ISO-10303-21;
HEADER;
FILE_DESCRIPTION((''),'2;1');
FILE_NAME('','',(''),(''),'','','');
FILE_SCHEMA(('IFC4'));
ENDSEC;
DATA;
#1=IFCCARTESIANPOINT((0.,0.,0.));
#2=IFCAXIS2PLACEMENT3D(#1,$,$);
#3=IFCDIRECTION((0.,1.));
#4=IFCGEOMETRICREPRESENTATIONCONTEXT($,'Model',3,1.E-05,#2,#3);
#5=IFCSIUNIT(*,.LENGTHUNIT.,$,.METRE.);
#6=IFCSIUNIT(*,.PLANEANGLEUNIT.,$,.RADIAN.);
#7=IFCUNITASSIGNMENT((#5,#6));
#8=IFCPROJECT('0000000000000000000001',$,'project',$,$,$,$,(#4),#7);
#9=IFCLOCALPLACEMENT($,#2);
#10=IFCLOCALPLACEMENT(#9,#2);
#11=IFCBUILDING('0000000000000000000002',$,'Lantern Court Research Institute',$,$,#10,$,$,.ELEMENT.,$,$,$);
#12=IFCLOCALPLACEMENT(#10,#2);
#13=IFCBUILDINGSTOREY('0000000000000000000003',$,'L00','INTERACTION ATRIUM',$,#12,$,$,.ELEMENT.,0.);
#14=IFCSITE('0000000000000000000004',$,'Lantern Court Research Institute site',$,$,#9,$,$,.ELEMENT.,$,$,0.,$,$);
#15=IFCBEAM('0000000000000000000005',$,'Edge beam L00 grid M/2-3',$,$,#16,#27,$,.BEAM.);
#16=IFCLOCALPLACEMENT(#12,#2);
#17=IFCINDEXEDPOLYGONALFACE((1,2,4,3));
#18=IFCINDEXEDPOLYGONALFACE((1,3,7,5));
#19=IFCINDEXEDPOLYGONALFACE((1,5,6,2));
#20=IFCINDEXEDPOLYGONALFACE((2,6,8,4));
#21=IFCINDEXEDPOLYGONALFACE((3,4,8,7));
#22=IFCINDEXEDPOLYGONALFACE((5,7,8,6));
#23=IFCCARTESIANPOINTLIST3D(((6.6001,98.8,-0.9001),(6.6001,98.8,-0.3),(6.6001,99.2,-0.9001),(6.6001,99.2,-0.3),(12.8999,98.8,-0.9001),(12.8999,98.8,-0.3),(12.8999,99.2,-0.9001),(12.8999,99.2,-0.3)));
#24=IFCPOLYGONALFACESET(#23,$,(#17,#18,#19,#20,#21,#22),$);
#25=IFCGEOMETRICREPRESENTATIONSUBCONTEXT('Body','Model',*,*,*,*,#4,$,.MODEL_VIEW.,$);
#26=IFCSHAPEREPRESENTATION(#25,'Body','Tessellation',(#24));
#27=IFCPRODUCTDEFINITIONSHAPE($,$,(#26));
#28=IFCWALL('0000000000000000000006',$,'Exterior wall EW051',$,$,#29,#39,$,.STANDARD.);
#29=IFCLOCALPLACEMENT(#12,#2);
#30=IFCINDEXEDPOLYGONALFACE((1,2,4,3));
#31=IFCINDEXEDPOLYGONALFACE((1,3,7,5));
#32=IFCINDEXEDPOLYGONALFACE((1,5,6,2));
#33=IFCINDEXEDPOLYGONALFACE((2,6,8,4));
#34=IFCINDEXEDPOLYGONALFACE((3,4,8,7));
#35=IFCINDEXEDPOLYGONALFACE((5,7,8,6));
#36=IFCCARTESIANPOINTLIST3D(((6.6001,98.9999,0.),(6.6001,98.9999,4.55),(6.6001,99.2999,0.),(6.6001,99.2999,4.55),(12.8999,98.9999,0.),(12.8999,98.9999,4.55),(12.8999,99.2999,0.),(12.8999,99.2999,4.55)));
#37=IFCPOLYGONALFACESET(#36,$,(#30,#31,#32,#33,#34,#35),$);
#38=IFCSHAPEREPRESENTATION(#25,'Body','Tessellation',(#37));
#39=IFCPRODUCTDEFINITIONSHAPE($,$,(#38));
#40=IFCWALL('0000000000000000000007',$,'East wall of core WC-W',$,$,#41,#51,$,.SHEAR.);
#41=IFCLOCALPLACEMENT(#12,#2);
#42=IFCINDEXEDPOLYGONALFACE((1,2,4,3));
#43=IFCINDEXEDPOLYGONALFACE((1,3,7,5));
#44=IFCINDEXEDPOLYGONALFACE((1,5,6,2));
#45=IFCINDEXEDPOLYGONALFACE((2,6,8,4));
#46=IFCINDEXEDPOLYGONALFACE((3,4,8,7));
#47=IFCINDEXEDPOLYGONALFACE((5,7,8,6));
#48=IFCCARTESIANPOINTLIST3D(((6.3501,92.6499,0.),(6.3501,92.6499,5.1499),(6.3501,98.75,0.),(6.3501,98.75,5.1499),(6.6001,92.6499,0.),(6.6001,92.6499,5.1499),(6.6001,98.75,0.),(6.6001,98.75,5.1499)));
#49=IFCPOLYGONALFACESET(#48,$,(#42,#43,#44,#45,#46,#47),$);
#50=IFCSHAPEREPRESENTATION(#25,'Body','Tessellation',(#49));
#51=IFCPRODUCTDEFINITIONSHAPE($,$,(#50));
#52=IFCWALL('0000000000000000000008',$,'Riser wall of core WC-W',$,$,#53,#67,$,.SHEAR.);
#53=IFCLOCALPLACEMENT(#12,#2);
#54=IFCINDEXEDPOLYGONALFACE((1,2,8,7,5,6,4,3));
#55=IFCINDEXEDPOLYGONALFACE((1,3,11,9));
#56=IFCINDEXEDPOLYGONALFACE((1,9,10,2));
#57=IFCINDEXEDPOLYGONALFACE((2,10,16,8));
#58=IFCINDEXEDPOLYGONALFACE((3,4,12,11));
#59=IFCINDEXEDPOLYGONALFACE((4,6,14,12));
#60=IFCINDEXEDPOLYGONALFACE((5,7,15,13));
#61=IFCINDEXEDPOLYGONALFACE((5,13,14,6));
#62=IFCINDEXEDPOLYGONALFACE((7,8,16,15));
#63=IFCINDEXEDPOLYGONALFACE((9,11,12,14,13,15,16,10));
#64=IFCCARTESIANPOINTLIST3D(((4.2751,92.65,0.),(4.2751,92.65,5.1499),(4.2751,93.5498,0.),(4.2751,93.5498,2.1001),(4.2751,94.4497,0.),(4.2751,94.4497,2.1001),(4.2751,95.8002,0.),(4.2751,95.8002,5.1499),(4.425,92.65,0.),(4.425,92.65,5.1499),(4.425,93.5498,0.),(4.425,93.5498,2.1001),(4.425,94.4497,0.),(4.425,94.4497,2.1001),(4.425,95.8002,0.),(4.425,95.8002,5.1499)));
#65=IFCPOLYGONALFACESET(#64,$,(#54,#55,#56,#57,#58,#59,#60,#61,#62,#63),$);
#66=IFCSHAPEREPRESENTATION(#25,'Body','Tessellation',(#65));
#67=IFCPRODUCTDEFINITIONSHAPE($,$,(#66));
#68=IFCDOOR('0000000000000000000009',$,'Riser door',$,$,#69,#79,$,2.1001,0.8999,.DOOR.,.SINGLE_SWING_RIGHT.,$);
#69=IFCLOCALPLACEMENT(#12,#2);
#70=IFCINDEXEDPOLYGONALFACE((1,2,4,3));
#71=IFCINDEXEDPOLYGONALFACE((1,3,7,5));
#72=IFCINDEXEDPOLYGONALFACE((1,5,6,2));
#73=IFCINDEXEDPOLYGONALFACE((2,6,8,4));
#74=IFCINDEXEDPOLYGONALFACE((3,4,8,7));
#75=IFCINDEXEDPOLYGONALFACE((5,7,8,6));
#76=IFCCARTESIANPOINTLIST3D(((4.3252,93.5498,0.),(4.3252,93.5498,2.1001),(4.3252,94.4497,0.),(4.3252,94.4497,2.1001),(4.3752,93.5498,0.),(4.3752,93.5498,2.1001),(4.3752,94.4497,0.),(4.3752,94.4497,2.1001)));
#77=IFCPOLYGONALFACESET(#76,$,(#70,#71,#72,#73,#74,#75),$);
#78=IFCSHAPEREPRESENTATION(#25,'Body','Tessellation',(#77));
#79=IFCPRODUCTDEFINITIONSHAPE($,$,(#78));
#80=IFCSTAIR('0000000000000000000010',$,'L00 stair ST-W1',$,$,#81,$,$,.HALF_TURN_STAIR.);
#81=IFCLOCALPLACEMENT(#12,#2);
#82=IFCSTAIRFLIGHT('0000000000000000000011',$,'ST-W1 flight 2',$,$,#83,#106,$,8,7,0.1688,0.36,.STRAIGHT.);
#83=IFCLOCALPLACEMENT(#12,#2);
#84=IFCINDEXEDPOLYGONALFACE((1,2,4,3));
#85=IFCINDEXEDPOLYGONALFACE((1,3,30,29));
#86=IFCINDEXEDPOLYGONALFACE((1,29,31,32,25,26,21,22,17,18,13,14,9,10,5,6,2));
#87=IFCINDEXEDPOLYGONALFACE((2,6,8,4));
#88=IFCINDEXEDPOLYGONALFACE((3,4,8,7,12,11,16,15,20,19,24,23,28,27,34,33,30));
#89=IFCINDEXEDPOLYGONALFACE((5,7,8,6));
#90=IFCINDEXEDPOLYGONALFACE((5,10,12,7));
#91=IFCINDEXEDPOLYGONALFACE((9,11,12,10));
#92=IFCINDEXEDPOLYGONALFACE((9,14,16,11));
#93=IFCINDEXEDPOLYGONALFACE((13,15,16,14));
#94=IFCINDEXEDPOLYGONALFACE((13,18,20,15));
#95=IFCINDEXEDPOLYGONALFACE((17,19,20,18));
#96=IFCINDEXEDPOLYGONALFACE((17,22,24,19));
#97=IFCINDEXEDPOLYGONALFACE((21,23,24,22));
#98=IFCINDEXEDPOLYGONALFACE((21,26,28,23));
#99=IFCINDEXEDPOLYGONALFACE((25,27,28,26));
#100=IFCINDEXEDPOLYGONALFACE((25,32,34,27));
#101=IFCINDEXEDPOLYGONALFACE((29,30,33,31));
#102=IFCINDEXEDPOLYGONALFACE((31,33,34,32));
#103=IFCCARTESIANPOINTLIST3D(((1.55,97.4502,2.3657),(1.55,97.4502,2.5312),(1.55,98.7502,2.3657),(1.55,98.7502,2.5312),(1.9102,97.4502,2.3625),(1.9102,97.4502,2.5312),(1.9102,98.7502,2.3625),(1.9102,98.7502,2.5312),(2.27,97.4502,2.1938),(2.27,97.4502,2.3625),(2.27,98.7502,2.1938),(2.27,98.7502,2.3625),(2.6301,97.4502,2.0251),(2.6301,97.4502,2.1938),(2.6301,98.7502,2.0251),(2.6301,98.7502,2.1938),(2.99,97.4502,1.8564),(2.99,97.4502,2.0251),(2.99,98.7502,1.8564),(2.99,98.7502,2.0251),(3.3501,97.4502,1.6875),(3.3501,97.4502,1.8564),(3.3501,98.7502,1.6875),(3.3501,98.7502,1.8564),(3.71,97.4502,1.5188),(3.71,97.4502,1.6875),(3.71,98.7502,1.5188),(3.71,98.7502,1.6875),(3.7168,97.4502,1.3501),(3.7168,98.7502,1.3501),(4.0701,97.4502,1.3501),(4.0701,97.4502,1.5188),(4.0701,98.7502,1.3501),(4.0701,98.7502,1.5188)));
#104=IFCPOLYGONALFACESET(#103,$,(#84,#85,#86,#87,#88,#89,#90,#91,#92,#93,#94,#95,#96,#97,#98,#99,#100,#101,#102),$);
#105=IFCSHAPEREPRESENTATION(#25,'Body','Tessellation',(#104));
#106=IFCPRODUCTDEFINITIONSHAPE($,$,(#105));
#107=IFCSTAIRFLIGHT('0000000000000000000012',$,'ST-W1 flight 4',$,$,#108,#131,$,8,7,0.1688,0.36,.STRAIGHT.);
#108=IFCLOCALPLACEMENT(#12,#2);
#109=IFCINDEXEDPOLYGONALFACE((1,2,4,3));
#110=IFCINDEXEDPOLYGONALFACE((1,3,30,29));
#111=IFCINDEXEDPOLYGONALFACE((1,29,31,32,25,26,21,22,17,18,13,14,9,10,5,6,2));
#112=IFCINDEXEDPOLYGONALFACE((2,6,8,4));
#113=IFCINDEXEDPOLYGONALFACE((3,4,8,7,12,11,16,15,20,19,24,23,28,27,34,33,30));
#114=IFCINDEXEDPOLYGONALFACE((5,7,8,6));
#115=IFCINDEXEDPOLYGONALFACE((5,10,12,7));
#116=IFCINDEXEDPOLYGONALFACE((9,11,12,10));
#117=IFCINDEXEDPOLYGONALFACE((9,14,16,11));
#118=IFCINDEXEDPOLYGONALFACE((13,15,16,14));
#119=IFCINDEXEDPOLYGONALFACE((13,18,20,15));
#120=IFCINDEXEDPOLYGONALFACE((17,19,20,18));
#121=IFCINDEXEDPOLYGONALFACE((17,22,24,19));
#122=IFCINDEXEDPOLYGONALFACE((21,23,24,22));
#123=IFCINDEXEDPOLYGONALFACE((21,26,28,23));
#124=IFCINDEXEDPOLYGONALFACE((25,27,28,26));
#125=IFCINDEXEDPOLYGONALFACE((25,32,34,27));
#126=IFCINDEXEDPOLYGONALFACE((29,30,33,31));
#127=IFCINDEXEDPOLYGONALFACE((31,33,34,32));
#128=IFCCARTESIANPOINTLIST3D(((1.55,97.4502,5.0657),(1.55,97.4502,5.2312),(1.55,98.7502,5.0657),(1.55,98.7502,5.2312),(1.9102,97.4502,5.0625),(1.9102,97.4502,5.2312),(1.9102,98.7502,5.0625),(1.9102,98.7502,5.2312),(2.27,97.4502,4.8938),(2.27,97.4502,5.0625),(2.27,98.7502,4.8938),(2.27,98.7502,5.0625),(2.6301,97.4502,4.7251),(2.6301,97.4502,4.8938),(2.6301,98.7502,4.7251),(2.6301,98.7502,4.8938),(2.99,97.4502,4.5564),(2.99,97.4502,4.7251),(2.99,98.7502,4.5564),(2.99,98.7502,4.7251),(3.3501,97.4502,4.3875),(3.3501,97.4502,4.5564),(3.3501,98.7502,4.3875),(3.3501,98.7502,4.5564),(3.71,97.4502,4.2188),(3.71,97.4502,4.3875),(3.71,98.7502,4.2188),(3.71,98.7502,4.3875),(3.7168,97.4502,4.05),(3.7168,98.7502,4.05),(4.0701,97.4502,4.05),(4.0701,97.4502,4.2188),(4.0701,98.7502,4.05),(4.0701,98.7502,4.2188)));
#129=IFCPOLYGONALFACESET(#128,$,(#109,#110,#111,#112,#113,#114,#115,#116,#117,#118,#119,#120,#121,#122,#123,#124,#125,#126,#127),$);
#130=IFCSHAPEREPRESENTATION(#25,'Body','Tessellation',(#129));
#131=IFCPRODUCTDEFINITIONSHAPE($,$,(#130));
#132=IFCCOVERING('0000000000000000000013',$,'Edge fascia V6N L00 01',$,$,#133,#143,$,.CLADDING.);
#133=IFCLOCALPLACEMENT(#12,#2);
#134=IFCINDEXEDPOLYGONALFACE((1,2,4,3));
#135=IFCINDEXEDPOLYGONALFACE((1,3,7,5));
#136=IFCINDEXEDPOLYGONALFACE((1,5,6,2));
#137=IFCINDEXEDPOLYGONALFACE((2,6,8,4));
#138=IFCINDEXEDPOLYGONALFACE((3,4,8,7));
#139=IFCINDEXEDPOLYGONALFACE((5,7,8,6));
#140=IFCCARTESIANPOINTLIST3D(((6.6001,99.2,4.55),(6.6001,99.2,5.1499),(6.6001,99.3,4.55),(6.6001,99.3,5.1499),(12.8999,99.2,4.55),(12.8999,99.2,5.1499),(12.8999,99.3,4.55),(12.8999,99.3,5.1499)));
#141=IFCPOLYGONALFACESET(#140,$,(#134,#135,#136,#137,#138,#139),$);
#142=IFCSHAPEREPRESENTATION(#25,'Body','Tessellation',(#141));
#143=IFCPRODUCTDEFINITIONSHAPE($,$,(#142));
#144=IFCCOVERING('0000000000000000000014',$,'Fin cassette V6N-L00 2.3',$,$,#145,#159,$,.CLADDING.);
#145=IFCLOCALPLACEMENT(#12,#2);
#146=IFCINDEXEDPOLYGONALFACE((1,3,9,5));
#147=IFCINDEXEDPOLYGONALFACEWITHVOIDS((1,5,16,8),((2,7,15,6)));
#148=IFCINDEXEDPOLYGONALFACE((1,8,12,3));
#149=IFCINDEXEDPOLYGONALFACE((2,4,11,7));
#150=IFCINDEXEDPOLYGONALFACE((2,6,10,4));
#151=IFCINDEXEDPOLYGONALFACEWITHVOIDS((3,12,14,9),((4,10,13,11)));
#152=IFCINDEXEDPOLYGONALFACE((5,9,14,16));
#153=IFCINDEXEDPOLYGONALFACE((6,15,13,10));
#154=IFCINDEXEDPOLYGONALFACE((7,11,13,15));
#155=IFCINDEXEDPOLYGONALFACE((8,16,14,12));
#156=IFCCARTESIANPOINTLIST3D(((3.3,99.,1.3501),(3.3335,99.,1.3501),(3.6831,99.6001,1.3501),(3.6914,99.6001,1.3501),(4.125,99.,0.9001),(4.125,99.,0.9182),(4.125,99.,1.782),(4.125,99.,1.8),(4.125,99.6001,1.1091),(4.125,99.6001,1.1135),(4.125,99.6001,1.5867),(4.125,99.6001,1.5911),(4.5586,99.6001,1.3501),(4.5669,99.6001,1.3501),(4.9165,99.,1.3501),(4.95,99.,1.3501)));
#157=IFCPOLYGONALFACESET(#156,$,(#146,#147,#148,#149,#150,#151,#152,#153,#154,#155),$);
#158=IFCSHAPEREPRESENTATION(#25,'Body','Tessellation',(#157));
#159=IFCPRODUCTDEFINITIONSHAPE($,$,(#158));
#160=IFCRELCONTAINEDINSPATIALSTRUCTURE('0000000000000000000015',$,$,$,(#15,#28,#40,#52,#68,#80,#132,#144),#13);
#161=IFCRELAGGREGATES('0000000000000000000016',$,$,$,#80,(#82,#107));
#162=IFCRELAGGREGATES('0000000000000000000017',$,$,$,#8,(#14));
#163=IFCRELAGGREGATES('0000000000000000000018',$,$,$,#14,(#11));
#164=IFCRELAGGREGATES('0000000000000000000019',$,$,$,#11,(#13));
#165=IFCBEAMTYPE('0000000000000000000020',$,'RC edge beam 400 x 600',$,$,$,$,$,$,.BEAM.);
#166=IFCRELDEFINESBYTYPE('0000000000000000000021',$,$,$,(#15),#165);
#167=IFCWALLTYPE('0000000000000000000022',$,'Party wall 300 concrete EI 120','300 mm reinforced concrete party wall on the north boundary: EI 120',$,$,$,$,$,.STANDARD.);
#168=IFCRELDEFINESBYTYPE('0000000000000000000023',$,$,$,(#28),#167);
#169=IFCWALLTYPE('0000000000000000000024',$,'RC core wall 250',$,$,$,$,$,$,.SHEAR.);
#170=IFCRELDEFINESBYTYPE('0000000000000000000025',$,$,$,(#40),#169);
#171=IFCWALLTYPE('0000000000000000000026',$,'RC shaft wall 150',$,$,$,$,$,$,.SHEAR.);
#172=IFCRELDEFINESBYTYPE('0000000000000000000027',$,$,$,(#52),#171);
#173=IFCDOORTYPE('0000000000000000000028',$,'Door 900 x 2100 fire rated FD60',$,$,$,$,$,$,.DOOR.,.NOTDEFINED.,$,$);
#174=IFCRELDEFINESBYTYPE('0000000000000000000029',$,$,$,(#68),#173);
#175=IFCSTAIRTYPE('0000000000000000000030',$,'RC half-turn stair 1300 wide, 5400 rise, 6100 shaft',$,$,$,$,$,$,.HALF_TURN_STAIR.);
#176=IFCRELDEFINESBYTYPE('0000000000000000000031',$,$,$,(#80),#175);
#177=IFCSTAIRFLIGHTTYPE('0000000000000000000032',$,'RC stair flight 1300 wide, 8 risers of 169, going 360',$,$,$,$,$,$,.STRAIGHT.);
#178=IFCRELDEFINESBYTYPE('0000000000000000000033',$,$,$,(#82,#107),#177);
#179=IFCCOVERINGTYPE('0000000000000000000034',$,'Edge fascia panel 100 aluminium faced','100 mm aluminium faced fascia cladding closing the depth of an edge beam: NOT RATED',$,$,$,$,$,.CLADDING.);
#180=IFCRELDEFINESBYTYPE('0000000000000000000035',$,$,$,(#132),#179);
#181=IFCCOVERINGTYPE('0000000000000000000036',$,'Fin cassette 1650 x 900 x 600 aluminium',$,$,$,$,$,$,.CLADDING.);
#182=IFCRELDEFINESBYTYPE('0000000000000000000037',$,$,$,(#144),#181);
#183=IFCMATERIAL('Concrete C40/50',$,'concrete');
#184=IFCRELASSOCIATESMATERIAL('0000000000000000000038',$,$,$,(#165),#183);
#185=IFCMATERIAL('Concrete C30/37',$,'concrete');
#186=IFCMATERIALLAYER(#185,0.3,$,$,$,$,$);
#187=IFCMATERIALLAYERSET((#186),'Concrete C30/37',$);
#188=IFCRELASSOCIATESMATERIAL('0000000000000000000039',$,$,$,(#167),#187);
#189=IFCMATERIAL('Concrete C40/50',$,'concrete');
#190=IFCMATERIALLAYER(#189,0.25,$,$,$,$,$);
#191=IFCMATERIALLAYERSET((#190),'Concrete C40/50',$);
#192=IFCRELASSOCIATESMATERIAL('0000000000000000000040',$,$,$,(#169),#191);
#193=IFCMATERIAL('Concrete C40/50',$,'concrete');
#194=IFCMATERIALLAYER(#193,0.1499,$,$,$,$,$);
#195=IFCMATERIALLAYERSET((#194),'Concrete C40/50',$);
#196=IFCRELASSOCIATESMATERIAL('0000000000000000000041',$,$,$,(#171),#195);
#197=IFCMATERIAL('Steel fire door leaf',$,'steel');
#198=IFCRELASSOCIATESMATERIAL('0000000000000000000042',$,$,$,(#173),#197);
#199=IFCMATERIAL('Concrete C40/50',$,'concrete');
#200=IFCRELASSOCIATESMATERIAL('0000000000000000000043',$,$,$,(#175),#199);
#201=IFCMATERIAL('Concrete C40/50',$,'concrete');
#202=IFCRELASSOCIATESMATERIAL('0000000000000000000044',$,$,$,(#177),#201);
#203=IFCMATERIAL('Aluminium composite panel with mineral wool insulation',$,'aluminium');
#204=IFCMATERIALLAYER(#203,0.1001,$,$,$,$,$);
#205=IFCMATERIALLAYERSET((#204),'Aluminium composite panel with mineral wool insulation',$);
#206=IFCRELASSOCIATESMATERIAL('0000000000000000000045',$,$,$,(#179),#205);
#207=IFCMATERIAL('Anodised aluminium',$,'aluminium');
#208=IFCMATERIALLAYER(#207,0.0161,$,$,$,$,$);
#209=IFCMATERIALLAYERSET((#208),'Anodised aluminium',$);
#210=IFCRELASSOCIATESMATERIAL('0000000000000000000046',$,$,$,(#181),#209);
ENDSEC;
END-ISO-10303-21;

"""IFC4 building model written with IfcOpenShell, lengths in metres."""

from ifc_helpers import new_model, entity, si_unit, direction, frame, frame_2d, origin, origin_2d, place, context, subcontext, project, spatial, polyline, rectangle, outline, extrude, material, layer, layer_set, material_profile, profile_set, type_object, element, fill, aggregate, save


model = new_model("IFC4")

# Units and contexts
model_context = context("Model", 3, precision=1e-05, world=origin(), true_north=direction((0.0, 1.0)))
body_context = subcontext(model_context, "Body", "Model", "MODEL_VIEW")
ifc_project = project(units=[si_unit("LENGTHUNIT", "METRE"), si_unit("PLANEANGLEUNIT", "RADIAN")], contexts=[model_context])

# Site, building, storey
site_placement = place(None, origin())
site = spatial("IfcSite", under=ifc_project, at=site_placement, Name="Lantern Court Research Institute site", CompositionType="ELEMENT", RefElevation=0.0)
building_placement = place(site_placement, origin())
building = spatial("IfcBuilding", under=site, at=building_placement, Name="Lantern Court Research Institute", CompositionType="ELEMENT")
storey_placement = place(building_placement, origin())
storey = spatial("IfcBuildingStorey", under=building, at=storey_placement, Name="L00", Description="INTERACTION ATRIUM", CompositionType="ELEMENT", Elevation=0.0)

# Beam
ifc_material_1 = material(Name="Concrete C40/50", Category="concrete")
ifc_material_profile = material_profile(ifc_material_1, rectangle(XDim=0.3999, YDim=0.6001, at=origin_2d()), Name="RC beam 400 x 600")
ifc_profile_set = profile_set([ifc_material_profile], Name="Concrete C40/50")
beam_type = type_object("IfcBeamType", Name="RC edge beam 400 x 600", PredefinedType="BEAM", material=ifc_profile_set)
beam_placement = place(storey_placement, frame((6.6001, 99.0, -0.6001), z_axis=(1.0, 0.0, 0.0), x_axis=(0.0, 1.0, 0.0)))
element("IfcBeam", 1, at=beam_placement, inside=storey, type_object=beam_type, Name="Edge beam L00 grid M/2-3", PredefinedType="BEAM", context=body_context, shape_type="SweptSolid", body=[
    extrude(rectangle(XDim=0.3999, YDim=0.6001, at=origin_2d()), origin(), (0.0, 0.0, 1.0), 6.2998),
])

# Walls
ifc_material_2 = material(Name="Concrete C30/37", Category="concrete")
ifc_layer_1 = layer(ifc_material_2, 0.3)
ifc_layer_set_1 = layer_set([ifc_layer_1], Name="Concrete C30/37")
wall_type_1 = type_object("IfcWallType", Name="Party wall 300 concrete EI 120", Description="300 mm reinforced concrete party wall on the north boundary: EI 120", PredefinedType="STANDARD", material=ifc_layer_set_1)
wall_1_placement = place(storey_placement, frame((6.6001, 99.1499, 0.0), z_axis=(0.0, 0.0, 1.0), x_axis=(1.0, 0.0, 0.0)))
element("IfcWall", 2, at=wall_1_placement, inside=storey, type_object=wall_type_1, Name="Exterior wall EW051", PredefinedType="STANDARD", context=body_context, shape_type="SweptSolid", body=[
    extrude(rectangle(XDim=6.2998, YDim=0.3, at=frame_2d((3.1499, 0.0))), origin(), (0.0, 0.0, 1.0), 4.55),
])
ifc_material_3 = material(Name="Concrete C40/50", Category="concrete")
ifc_layer_2 = layer(ifc_material_3, 0.25)
ifc_layer_set_2 = layer_set([ifc_layer_2], Name="Concrete C40/50")
wall_type_2 = type_object("IfcWallType", Name="RC core wall 250", PredefinedType="SHEAR", material=ifc_layer_set_2)
wall_2_placement = place(storey_placement, frame((6.4751, 92.6499, 0.0), z_axis=(0.0, 0.0, 1.0), x_axis=(0.0, 1.0, 0.0)))
element("IfcWall", 3, at=wall_2_placement, inside=storey, type_object=wall_type_2, Name="East wall of core WC-W", PredefinedType="SHEAR", context=body_context, shape_type="SweptSolid", body=[
    extrude(rectangle(XDim=6.1001, YDim=0.25, at=frame_2d((3.05, 0.0))), origin(), (0.0, 0.0, 1.0), 5.1499),
])

# Wall, opening, door
ifc_material_4 = material(Name="Concrete C40/50", Category="concrete")
ifc_layer_3 = layer(ifc_material_4, 0.1499)
ifc_layer_set_3 = layer_set([ifc_layer_3], Name="Concrete C40/50")
wall_type_3 = type_object("IfcWallType", Name="RC shaft wall 150", PredefinedType="SHEAR", material=ifc_layer_set_3)
wall_3_placement = place(storey_placement, frame((4.3501, 92.6499, 0.0), z_axis=(0.0, 0.0, 1.0), x_axis=(0.0, 1.0, 0.0)))
wall_3 = element("IfcWall", 4, at=wall_3_placement, inside=storey, type_object=wall_type_3, Name="Riser wall of core WC-W", PredefinedType="SHEAR", context=body_context, shape_type="SweptSolid", body=[
    extrude(rectangle(XDim=3.1501, YDim=0.1499, at=frame_2d((1.5752, 0.0))), origin(), (0.0, 0.0, 1.0), 5.1499),
])
opening_placement = place(wall_3_placement, frame((0.8999, 0.0, 0.0)))
opening = element("IfcOpeningElement", 5, at=opening_placement, cuts=wall_3, PredefinedType="OPENING", context=body_context, shape_type="SweptSolid", body=[
    extrude(rectangle(XDim=0.8999, YDim=2.1001, at=frame_2d((0.45, 1.05))), frame((0.0, 0.085, 0.0), z_axis=(0.0, -1.0, 0.0), x_axis=(1.0, 0.0, 0.0)), (0.0, 0.0, 1.0), 0.1699),
])
ifc_material_5 = material(Name="Steel fire door leaf", Category="steel")
door_type = type_object("IfcDoorType", Name="Door 900 x 2100 fire rated FD60", OperationType="NOTDEFINED", PredefinedType="DOOR", material=ifc_material_5)
door_placement = place(opening_placement, origin())
door = element("IfcDoor", 6, at=door_placement, inside=storey, type_object=door_type, Name="Riser door", OperationType="SINGLE_SWING_RIGHT", OverallHeight=2.1001, OverallWidth=0.8999, PredefinedType="DOOR", context=body_context, shape_type="SweptSolid", body=[
    extrude(rectangle(XDim=0.8999, YDim=2.1001, at=frame_2d((0.45, 1.05))), frame((0.0, 0.0249, 0.0), z_axis=(0.0, -1.0, 0.0), x_axis=(1.0, 0.0, 0.0)), (0.0, 0.0, 1.0), 0.05),
])
fill(opening, door)

# Stair, stair flights
ifc_material_6 = material(Name="Concrete C40/50", Category="concrete")
stair_type = type_object("IfcStairType", Name="RC half-turn stair 1300 wide, 5400 rise, 6100 shaft", PredefinedType="HALF_TURN_STAIR", material=ifc_material_6)
stair_placement = place(storey_placement, origin())
stair = element("IfcStair", 7, at=stair_placement, inside=storey, type_object=stair_type, Name="L00 stair ST-W1", PredefinedType="HALF_TURN_STAIR")
ifc_material_7 = material(Name="Concrete C40/50", Category="concrete")
stair_flight_type = type_object("IfcStairFlightType", Name="RC stair flight 1300 wide, 8 risers of 169, going 360", PredefinedType="STRAIGHT", material=ifc_material_7)
stair_flight_1_placement = place(storey_placement, frame((4.0701, 98.1001, 1.3501), z_axis=(0.0, 0.0, 1.0), x_axis=(-1.0, 0.0, 0.0)))
stair_flight_1 = element("IfcStairFlight", 8, at=stair_flight_1_placement, type_object=stair_flight_type, Name="ST-W1 flight 2", NumberOfRisers=8, NumberOfTreads=7, PredefinedType="STRAIGHT", RiserHeight=0.1688, TreadLength=0.36, context=body_context, shape_type="SweptSolid", body=[
    extrude(outline(polyline([(0.0, 0.0), (0.0, 0.1687), (0.3601, 0.1687), (0.3601, 0.3374), (0.72, 0.3374), (0.72, 0.5063), (1.0801, 0.5063), (1.0801, 0.675), (1.4399, 0.675), (1.4399, 0.8438), (1.8, 0.8438), (1.8, 1.0125), (2.1599, 1.0125), (2.1599, 1.1812), (2.52, 1.1812), (2.52, 1.3501), (2.52, 1.0156), (0.3533, 0.0), (0.0, 0.0)])), frame((0.0, 0.6499, 0.0), z_axis=(0.0, -1.0, 0.0), x_axis=(1.0, 0.0, 0.0)), (0.0, 0.0, 1.0), 1.3),
])
stair_flight_2_placement = place(storey_placement, frame((4.0701, 98.1001, 4.05), z_axis=(0.0, 0.0, 1.0), x_axis=(-1.0, 0.0, 0.0)))
stair_flight_2 = element("IfcStairFlight", 9, at=stair_flight_2_placement, type_object=stair_flight_type, Name="ST-W1 flight 4", NumberOfRisers=8, NumberOfTreads=7, PredefinedType="STRAIGHT", RiserHeight=0.1688, TreadLength=0.36, context=body_context, shape_type="SweptSolid", body=[
    extrude(outline(polyline([(0.0, 0.0), (0.0, 0.1687), (0.3601, 0.1687), (0.3601, 0.3374), (0.72, 0.3374), (0.72, 0.5063), (1.0801, 0.5063), (1.0801, 0.675), (1.4399, 0.675), (1.4399, 0.8438), (1.8, 0.8438), (1.8, 1.0125), (2.1599, 1.0125), (2.1599, 1.1812), (2.52, 1.1812), (2.52, 1.3501), (2.52, 1.0156), (0.3533, 0.0), (0.0, 0.0)])), frame((0.0, 0.6499, 0.0), z_axis=(0.0, -1.0, 0.0), x_axis=(1.0, 0.0, 0.0)), (0.0, 0.0, 1.0), 1.3),
])
aggregate(stair, [stair_flight_1, stair_flight_2])

# Coverings
ifc_material_8 = material(Name="Aluminium composite panel with mineral wool insulation", Category="aluminium")
ifc_layer_4 = layer(ifc_material_8, 0.1001)
ifc_layer_set_4 = layer_set([ifc_layer_4], Name="Aluminium composite panel with mineral wool insulation")
covering_type_1 = type_object("IfcCoveringType", Name="Edge fascia panel 100 aluminium faced", Description="100 mm aluminium faced fascia cladding closing the depth of an edge beam: NOT RATED", PredefinedType="CLADDING", material=ifc_layer_set_4)
covering_1_placement = place(storey_placement, frame((6.6001, 99.25, 4.55), z_axis=(0.0, 0.0, 1.0), x_axis=(1.0, 0.0, 0.0)))
element("IfcCovering", 10, at=covering_1_placement, inside=storey, type_object=covering_type_1, Name="Edge fascia V6N L00 01", PredefinedType="CLADDING", context=body_context, shape_type="SweptSolid", body=[
    extrude(rectangle(XDim=6.2998, YDim=0.1001, at=frame_2d((3.1499, 0.0))), origin(), (0.0, 0.0, 1.0), 0.5999),
])
ifc_material_9 = material(Name="Anodised aluminium", Category="aluminium")
ifc_layer_5 = layer(ifc_material_9, 0.0161)
ifc_layer_set_5 = layer_set([ifc_layer_5], Name="Anodised aluminium")
covering_type_2 = type_object("IfcCoveringType", Name="Fin cassette 1650 x 900 x 600 aluminium", PredefinedType="CLADDING", material=ifc_layer_set_5)
covering_2_placement = place(storey_placement, frame((4.125, 99.0, 1.3501), z_axis=(0.0, 1.0, 0.0), x_axis=(-1.0, 0.0, 0.0)))
cartesian_point_1 = entity("IfcCartesianPoint", [0.825, 0.0])
cartesian_point_2 = entity("IfcCartesianPoint", [0.7915, 0.0])
cartesian_point_3 = entity("IfcCartesianPoint", [0.4419, 0.0])
cartesian_point_4 = entity("IfcCartesianPoint", [0.4336, 0.0])
element("IfcCovering", 11, at=covering_2_placement, inside=storey, type_object=covering_type_2, Name="Fin cassette V6N-L00 2.3", PredefinedType="CLADDING", context=body_context, shape_type="SweptSolid", body=[
    entity("IfcExtrudedAreaSolidTapered", entity("IfcArbitraryProfileDefWithVoids", "AREA", None, entity("IfcPolyline", [cartesian_point_1, entity("IfcCartesianPoint", [0.0, 0.45]), entity("IfcCartesianPoint", [-0.825, 0.0]), entity("IfcCartesianPoint", [0.0, -0.45]), cartesian_point_1]), [entity("IfcPolyline", [cartesian_point_2, entity("IfcCartesianPoint", [0.0, 0.4319]), entity("IfcCartesianPoint", [-0.7915, 0.0]), entity("IfcCartesianPoint", [0.0, -0.4319]), cartesian_point_2])]), entity("IfcAxis2Placement3D", entity("IfcCartesianPoint", [0.0, 0.0, 0.0])), entity("IfcDirection", [0.0, 0.0, 1.0]), 0.6001, entity("IfcArbitraryProfileDefWithVoids", "AREA", None, entity("IfcPolyline", [cartesian_point_3, entity("IfcCartesianPoint", [0.0, 0.241]), entity("IfcCartesianPoint", [-0.4419, 0.0]), entity("IfcCartesianPoint", [0.0, -0.241]), cartesian_point_3]), [entity("IfcPolyline", [cartesian_point_4, entity("IfcCartesianPoint", [0.0, 0.2366]), entity("IfcCartesianPoint", [-0.4336, 0.0]), entity("IfcCartesianPoint", [0.0, -0.2366]), cartesian_point_4])])),
])

save(model, "model.ifc")
